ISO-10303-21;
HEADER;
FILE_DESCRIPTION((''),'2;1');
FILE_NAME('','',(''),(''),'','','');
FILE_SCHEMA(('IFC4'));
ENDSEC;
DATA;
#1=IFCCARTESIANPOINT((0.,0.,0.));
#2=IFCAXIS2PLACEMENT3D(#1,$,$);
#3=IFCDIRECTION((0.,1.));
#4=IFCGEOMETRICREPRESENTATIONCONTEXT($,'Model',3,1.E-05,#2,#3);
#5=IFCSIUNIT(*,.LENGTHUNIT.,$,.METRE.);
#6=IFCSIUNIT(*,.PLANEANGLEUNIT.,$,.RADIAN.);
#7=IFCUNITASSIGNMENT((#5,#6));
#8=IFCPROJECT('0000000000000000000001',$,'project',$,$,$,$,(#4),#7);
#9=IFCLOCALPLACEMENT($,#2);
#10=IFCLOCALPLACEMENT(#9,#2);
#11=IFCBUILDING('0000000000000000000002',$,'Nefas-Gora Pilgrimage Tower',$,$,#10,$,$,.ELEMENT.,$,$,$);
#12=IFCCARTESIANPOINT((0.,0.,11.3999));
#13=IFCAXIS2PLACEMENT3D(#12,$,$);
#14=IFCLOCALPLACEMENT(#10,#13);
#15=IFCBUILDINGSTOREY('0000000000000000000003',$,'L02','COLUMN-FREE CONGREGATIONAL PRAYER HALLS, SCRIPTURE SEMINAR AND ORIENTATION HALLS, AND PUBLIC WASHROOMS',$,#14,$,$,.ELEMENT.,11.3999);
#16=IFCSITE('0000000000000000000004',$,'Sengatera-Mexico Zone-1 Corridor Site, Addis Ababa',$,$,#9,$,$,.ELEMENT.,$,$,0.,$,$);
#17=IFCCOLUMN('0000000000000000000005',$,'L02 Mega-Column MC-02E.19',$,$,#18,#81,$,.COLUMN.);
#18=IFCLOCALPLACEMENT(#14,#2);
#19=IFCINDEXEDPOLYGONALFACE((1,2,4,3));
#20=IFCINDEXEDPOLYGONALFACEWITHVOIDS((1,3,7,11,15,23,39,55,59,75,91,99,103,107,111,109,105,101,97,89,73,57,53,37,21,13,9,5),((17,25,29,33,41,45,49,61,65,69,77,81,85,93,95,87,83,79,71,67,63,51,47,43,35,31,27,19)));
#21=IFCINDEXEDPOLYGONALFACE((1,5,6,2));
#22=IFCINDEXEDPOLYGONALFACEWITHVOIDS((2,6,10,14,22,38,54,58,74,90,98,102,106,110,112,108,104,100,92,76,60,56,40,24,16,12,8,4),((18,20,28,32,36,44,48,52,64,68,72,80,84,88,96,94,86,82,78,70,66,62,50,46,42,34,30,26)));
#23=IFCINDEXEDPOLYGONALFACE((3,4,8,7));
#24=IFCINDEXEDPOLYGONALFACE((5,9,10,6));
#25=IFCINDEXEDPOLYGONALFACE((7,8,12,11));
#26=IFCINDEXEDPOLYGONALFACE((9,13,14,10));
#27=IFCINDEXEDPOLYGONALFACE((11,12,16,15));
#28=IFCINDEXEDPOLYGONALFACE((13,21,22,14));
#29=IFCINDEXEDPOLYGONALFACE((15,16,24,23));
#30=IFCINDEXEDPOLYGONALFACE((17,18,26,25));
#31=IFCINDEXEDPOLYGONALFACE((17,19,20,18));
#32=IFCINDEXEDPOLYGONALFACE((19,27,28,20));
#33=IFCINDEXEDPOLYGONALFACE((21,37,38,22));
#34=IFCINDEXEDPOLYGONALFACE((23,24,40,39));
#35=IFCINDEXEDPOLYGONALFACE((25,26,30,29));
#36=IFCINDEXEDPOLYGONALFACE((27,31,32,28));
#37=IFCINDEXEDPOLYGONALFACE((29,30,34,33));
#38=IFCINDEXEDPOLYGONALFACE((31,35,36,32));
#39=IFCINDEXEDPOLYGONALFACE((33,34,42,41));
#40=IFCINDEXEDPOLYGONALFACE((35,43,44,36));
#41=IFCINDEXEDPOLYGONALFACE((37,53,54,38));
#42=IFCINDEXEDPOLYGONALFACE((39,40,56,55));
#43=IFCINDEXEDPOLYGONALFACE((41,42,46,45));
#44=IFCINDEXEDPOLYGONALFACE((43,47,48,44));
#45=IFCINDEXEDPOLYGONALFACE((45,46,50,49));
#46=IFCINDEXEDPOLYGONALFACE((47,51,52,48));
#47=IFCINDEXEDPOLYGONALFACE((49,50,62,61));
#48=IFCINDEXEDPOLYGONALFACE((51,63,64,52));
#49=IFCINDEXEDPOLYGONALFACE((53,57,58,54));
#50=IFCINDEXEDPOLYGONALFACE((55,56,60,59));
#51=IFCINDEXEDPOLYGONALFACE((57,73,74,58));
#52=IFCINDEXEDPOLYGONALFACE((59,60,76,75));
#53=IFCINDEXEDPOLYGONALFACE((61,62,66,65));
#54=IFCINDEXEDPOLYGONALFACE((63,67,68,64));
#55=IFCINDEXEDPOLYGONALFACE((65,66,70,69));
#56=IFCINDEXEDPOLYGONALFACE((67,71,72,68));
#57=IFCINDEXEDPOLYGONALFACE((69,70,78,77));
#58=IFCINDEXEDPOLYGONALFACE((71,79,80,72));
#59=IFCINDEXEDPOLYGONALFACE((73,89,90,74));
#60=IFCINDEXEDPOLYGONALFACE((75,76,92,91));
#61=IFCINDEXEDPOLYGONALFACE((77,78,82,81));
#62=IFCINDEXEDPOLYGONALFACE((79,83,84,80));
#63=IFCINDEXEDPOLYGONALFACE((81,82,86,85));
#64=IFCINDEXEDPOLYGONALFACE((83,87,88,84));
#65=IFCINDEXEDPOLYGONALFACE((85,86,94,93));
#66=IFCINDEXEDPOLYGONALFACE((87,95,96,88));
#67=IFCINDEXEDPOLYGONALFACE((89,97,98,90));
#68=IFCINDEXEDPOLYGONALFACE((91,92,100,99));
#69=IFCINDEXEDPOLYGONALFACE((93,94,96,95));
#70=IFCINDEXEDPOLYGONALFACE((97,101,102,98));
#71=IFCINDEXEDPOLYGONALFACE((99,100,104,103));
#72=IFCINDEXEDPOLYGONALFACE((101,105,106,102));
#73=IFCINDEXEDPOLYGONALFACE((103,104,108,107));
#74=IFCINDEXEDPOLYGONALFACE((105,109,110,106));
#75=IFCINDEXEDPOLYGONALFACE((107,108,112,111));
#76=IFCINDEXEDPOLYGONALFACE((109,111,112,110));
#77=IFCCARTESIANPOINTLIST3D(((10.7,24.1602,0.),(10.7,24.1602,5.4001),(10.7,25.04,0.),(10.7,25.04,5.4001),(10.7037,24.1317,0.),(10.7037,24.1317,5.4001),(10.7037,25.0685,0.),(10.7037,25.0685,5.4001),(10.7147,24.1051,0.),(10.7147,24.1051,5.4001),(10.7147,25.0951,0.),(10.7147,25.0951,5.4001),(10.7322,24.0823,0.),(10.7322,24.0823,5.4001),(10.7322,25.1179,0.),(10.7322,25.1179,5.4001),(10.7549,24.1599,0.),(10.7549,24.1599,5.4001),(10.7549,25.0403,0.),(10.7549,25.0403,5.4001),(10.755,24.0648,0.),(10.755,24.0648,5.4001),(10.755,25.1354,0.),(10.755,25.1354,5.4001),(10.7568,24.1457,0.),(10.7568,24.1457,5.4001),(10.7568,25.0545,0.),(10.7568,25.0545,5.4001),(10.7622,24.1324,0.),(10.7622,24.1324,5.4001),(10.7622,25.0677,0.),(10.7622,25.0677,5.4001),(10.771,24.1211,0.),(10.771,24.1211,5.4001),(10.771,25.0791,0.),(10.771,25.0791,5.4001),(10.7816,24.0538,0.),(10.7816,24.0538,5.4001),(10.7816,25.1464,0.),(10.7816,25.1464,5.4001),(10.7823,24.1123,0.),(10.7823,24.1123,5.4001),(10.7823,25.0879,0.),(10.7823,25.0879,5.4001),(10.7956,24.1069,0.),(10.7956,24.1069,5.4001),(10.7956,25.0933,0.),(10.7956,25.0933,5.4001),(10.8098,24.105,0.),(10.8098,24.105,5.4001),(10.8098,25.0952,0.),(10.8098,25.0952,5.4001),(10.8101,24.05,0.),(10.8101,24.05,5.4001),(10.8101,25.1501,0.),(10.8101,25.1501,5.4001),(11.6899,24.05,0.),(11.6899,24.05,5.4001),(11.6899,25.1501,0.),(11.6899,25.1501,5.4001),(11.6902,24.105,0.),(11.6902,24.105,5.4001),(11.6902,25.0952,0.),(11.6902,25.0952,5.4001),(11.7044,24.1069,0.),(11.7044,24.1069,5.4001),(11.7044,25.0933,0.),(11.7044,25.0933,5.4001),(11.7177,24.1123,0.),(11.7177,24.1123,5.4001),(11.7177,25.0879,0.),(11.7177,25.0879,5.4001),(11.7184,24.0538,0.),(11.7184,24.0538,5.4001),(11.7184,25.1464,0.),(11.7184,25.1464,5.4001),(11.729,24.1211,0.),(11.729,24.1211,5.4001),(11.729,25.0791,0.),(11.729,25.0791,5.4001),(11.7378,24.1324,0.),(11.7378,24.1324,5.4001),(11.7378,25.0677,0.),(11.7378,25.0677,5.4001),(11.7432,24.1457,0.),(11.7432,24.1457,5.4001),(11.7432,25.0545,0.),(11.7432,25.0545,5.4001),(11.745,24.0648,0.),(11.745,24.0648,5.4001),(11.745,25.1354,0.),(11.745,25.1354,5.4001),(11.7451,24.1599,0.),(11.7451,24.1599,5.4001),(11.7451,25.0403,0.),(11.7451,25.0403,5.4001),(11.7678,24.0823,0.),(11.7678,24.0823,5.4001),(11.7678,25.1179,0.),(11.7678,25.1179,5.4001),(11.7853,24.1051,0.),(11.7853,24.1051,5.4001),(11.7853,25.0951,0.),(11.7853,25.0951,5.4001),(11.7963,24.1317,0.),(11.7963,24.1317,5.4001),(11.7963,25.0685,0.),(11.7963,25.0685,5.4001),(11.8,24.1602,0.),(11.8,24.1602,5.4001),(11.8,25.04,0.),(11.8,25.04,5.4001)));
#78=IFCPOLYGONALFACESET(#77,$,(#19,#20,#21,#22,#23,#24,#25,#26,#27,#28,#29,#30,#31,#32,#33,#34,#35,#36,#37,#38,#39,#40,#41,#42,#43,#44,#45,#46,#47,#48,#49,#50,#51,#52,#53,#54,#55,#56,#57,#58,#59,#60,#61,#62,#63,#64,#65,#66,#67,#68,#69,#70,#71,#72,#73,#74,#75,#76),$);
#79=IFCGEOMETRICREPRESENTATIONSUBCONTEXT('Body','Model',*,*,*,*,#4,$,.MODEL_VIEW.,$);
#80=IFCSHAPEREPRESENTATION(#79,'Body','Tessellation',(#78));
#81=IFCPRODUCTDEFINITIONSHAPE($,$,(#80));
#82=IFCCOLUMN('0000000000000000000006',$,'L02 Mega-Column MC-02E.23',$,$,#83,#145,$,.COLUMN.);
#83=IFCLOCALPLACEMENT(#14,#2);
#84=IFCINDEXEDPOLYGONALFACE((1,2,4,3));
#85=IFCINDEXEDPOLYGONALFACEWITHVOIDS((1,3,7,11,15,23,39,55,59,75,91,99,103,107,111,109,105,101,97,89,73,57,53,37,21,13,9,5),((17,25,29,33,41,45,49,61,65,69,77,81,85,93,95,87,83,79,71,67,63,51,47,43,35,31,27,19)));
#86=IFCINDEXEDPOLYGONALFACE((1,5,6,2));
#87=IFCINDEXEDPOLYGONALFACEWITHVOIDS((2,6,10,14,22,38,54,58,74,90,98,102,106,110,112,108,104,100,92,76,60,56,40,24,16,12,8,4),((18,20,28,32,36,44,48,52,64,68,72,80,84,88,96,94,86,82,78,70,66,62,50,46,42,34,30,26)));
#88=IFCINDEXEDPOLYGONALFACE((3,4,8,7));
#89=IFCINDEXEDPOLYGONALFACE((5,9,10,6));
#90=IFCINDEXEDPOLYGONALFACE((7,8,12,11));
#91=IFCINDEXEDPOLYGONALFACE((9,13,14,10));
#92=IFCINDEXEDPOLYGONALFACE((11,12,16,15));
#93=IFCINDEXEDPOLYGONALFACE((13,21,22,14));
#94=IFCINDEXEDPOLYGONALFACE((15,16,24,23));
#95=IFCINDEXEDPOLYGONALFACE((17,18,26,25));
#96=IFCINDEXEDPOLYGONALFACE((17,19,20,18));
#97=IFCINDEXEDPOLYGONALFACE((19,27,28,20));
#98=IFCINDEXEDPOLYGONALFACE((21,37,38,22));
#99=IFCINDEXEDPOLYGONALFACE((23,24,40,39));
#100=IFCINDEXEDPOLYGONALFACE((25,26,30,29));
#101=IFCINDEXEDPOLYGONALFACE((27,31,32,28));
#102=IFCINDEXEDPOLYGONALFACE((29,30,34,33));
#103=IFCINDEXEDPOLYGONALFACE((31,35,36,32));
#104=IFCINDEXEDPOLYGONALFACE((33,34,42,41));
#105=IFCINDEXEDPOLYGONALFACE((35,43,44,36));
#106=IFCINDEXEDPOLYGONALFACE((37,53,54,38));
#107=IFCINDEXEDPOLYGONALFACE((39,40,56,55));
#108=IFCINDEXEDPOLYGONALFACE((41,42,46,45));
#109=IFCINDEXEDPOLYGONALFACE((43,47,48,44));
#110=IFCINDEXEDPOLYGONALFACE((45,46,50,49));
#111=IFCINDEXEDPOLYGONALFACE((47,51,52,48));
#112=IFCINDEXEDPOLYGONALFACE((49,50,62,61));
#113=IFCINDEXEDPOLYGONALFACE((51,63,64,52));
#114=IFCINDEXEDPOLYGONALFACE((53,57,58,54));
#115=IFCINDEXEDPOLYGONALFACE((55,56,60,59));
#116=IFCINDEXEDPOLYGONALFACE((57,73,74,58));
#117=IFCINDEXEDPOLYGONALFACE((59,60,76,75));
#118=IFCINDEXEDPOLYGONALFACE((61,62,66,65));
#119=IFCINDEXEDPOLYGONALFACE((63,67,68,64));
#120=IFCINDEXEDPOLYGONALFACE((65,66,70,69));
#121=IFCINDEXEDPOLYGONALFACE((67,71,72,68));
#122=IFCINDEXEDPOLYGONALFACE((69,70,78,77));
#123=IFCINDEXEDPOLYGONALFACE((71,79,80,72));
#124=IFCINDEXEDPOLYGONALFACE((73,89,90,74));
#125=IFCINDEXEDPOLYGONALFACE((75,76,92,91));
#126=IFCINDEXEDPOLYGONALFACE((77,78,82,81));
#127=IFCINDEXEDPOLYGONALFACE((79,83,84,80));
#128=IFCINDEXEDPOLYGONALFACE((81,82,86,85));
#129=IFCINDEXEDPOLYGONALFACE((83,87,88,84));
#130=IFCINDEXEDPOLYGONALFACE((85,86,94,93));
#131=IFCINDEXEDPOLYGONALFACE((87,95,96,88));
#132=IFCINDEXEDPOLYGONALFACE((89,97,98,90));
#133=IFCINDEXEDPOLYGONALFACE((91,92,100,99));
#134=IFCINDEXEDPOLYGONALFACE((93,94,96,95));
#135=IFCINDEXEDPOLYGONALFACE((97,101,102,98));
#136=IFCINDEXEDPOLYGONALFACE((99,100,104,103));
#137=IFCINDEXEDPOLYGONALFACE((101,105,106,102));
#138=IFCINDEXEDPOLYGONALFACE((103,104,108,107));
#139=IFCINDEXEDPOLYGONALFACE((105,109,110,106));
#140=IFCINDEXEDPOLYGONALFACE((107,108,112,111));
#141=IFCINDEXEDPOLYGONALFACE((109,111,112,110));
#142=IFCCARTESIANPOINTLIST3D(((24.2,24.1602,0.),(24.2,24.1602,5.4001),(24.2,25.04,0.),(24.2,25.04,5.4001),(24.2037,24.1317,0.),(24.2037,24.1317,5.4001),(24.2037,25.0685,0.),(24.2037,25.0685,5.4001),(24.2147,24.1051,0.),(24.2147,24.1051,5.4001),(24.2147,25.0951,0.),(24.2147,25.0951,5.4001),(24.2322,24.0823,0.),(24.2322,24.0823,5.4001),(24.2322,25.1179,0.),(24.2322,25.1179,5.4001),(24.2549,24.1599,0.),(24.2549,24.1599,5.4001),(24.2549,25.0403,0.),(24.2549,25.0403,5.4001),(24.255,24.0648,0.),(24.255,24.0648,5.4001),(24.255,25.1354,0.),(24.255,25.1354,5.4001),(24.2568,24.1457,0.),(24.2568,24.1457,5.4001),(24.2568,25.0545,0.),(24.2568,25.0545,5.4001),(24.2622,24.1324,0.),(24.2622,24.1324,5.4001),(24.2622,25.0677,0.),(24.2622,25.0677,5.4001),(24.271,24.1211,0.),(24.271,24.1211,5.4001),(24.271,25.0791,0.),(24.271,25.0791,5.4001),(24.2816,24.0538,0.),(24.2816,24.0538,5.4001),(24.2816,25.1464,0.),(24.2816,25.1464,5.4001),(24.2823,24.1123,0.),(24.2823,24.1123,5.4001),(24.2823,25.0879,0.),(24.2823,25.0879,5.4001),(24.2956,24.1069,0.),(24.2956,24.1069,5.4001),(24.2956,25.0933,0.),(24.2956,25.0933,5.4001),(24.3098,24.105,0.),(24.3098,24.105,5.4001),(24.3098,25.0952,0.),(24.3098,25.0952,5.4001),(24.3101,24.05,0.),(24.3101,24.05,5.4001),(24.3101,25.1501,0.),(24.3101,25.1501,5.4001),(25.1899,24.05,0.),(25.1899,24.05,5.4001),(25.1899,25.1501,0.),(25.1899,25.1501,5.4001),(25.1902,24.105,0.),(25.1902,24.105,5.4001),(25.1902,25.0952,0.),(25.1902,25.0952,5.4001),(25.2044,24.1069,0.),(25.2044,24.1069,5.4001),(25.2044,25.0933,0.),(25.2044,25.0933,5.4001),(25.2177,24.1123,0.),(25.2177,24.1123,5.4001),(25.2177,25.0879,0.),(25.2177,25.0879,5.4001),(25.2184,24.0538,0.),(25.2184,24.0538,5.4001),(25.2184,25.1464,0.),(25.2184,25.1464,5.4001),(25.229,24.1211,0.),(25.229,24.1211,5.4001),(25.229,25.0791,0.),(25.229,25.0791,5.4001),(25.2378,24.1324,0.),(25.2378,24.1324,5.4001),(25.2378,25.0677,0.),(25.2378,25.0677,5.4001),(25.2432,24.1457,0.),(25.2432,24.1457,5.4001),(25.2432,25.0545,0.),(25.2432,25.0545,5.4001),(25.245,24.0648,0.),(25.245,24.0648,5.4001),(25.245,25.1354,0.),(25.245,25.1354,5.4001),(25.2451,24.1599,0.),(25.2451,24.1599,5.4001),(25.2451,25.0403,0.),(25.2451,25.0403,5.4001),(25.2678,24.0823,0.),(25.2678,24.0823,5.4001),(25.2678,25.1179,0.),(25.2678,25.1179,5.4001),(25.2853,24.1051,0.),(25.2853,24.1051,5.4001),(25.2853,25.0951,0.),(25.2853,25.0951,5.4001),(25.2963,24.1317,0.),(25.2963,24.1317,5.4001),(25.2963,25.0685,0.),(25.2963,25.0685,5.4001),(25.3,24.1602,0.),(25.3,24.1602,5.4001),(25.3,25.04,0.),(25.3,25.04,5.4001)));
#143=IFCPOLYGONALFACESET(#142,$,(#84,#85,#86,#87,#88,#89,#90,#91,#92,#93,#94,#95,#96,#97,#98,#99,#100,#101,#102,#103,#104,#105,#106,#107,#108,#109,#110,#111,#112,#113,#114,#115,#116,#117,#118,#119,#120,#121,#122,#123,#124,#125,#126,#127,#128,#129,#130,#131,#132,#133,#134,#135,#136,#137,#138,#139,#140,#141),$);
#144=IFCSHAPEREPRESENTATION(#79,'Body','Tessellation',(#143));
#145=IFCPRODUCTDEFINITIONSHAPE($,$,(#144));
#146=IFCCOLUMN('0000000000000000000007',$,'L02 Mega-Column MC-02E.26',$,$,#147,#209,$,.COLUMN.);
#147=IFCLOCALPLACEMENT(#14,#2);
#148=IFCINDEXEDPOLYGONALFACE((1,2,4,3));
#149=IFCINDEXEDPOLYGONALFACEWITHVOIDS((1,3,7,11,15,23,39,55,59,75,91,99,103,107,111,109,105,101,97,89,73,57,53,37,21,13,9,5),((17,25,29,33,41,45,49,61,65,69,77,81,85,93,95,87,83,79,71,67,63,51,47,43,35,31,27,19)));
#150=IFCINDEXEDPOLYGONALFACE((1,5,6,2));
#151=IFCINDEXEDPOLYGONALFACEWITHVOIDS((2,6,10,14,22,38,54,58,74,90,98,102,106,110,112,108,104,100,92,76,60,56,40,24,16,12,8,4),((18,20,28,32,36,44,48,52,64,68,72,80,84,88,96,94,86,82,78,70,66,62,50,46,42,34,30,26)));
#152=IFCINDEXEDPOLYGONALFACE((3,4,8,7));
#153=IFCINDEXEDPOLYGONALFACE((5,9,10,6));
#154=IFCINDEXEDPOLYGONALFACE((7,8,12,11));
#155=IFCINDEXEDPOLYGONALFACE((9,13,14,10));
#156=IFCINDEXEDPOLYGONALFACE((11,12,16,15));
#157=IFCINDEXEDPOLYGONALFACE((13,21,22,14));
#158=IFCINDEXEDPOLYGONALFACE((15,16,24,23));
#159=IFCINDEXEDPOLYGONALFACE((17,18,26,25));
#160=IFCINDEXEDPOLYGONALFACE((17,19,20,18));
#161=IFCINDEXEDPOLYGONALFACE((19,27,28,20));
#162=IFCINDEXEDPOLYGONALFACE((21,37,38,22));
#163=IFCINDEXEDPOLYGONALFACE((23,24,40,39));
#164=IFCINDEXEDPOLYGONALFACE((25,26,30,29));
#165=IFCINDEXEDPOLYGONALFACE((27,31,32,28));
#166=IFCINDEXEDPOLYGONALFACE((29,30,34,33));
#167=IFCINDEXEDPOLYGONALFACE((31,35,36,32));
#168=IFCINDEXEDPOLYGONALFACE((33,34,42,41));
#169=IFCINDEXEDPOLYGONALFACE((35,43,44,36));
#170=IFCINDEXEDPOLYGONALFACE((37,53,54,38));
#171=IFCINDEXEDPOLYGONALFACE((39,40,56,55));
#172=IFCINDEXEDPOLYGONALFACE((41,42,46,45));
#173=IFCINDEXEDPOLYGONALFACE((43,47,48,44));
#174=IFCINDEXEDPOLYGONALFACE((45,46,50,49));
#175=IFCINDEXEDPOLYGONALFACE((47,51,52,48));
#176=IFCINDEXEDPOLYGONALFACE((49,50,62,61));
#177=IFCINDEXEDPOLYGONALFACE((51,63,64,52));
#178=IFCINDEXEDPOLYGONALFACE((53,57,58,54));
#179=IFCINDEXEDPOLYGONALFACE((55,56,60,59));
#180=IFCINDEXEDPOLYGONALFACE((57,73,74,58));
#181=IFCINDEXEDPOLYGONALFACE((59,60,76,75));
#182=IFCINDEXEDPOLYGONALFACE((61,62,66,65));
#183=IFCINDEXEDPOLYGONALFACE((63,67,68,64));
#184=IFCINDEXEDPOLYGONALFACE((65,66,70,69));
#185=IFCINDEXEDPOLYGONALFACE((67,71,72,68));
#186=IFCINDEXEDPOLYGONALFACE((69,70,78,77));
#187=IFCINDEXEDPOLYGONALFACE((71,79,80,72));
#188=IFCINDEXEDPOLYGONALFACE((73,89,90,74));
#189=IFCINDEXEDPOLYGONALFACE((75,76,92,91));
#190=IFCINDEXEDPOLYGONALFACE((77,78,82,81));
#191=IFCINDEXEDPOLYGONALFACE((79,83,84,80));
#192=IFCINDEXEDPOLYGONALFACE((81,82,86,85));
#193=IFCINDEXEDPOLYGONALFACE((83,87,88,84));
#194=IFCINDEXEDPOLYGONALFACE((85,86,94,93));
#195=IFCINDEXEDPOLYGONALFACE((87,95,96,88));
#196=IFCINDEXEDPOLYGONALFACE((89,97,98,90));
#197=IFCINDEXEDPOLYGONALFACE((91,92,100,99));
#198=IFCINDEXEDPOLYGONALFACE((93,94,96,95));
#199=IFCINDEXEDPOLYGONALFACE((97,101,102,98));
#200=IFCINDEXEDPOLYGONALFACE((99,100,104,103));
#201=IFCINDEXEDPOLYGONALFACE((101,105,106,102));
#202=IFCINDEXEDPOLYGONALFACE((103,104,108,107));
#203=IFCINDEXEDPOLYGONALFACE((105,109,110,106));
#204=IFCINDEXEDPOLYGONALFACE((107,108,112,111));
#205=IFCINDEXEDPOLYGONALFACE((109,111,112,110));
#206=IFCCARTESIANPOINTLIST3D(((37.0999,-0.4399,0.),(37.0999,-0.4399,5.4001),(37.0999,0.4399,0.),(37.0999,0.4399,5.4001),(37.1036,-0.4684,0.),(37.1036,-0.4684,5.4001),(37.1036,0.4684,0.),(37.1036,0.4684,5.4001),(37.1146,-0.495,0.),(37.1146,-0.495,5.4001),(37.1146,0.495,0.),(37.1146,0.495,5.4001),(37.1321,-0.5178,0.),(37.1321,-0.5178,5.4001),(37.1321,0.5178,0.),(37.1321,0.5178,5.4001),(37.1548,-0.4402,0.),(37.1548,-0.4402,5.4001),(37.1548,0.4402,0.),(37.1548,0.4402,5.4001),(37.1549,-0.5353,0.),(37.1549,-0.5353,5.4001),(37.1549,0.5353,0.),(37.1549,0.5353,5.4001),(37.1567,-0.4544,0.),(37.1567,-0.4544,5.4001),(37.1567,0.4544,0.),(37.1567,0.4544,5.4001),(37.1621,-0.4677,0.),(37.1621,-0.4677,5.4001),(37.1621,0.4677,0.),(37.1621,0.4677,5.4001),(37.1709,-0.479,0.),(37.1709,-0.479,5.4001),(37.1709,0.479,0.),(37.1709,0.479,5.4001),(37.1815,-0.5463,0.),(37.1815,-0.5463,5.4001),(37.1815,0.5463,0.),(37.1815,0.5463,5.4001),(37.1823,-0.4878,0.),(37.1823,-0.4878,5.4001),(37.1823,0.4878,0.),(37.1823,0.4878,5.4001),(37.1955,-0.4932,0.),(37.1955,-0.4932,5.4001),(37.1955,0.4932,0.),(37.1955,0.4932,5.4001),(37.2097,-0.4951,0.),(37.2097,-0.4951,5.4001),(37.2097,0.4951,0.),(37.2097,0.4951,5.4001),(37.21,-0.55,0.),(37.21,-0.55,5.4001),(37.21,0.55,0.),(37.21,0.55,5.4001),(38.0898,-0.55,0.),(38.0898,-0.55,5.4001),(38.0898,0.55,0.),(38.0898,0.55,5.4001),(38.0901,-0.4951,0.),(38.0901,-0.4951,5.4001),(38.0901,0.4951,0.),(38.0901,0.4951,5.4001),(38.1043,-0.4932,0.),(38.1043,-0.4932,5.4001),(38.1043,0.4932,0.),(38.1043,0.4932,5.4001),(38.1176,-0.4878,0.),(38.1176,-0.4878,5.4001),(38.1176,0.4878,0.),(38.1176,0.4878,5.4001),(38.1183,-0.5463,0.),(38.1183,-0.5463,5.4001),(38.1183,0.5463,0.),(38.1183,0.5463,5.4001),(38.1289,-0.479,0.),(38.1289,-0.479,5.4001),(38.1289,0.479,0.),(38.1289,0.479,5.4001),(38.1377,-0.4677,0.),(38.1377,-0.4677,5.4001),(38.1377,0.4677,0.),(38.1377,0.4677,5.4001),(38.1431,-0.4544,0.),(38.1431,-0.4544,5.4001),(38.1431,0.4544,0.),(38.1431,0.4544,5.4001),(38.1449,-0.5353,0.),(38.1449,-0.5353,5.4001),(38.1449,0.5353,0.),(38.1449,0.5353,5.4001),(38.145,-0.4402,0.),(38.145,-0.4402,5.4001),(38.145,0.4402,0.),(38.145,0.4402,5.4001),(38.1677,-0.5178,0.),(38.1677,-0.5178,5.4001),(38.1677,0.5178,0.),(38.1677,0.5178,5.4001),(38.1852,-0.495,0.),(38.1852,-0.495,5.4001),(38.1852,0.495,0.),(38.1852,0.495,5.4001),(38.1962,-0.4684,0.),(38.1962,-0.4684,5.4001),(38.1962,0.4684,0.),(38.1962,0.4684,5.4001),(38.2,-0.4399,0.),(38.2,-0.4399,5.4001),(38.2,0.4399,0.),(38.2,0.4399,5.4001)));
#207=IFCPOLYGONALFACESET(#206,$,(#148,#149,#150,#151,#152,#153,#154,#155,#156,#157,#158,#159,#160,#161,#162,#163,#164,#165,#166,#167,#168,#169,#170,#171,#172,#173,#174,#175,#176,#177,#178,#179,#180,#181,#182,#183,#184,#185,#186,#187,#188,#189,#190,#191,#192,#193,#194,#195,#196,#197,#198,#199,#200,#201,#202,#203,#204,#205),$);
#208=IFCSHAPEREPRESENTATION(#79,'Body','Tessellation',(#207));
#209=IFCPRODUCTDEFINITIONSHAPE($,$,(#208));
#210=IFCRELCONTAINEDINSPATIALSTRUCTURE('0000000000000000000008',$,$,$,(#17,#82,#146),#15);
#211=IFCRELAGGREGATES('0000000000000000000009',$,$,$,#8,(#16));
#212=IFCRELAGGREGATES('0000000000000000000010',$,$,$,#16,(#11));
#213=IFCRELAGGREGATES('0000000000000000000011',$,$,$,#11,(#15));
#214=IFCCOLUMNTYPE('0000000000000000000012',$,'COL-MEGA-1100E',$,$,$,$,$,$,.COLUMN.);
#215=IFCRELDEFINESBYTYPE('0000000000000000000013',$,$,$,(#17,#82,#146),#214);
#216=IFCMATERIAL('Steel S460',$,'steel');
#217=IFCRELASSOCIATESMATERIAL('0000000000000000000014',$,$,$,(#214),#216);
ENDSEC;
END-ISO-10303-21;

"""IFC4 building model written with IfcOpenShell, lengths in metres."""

from ifc_helpers import new_model, si_unit, direction, frame, origin, origin_2d, place, context, subcontext, project, spatial, hollow_rectangle, extrude, source, transform, mapped, material, material_profile, profile_set, type_object, element, save


model = new_model("IFC4")

# Units and contexts
model_context = context("Model", 3, precision=1e-05, world=origin(), true_north=direction((0.0, 1.0)))
body_context = subcontext(model_context, "Body", "Model", "MODEL_VIEW")
ifc_project = project(units=[si_unit("LENGTHUNIT", "METRE"), si_unit("PLANEANGLEUNIT", "RADIAN")], contexts=[model_context])

# Site, building, storey
site_placement = place(None, origin())
site = spatial("IfcSite", under=ifc_project, at=site_placement, Name="Sengatera-Mexico Zone-1 Corridor Site, Addis Ababa", CompositionType="ELEMENT", RefElevation=0.0)
building_placement = place(site_placement, origin())
building = spatial("IfcBuilding", under=site, at=building_placement, Name="Nefas-Gora Pilgrimage Tower", CompositionType="ELEMENT")
storey_placement = place(building_placement, frame((0.0, 0.0, 11.3999)))
storey = spatial("IfcBuildingStorey", under=building, at=storey_placement, Name="L02", Description="COLUMN-FREE CONGREGATIONAL PRAYER HALLS, SCRIPTURE SEMINAR AND ORIENTATION HALLS, AND PUBLIC WASHROOMS", CompositionType="ELEMENT", Elevation=11.3999)

# Columns
ifc_material_1 = material(Name="Steel S460", Category="steel")
ifc_material_profile_1 = material_profile(ifc_material_1, hollow_rectangle(XDim=1.1001, YDim=1.1001, WallThickness=0.0549, InnerFilletRadius=0.0549, OuterFilletRadius=0.1101, at=origin_2d()), Name="BOX 1100x1100x55")
ifc_profile_set_1 = profile_set([ifc_material_profile_1], Name="Steel S460")
column_type_1 = type_object("IfcColumnType", Name="COL-MEGA-1100E", PredefinedType="COLUMN", material=ifc_profile_set_1)
shared_shape_1 = source(origin(), body_context, "Body", "SweptSolid", [
    extrude(hollow_rectangle(XDim=1.1001, YDim=1.1001, WallThickness=0.0549, InnerFilletRadius=0.0549, OuterFilletRadius=0.1101, at=origin_2d()), origin(), (0.0, 0.0, 1.0), 5.4001),
])
for number, where, z_axis, x_axis, name in (
    (1, (11.25, 24.6001, 0.0), (0.0, 0.0, 1.0), (1.0, 0.0, 0.0), "L02 Mega-Column MC-02E.19"),
    (2, (24.75, 24.6001, 0.0), (0.0, 0.0, 1.0), (1.0, 0.0, 0.0), "L02 Mega-Column MC-02E.23"),
    (3, (37.6499, 0.0, 0.0), (0.0, 0.0, 1.0), (1.0, 0.0, 0.0), "L02 Mega-Column MC-02E.26"),
):
    element("IfcColumn", number, at=place(storey_placement, frame(where, z_axis=z_axis, x_axis=x_axis)), inside=storey, type_object=column_type_1, Name=name, PredefinedType="COLUMN", context=body_context, shape_type="MappedRepresentation", body=[
        mapped(shared_shape_1, transform((0.0, 0.0, 0.0), x_axis=(1.0, 0.0, 0.0), y_axis=(0.0, 1.0, 0.0), z_axis=(0.0, 0.0, 1.0), scale=1.0)),
    ])

save(model, "model.ifc")
